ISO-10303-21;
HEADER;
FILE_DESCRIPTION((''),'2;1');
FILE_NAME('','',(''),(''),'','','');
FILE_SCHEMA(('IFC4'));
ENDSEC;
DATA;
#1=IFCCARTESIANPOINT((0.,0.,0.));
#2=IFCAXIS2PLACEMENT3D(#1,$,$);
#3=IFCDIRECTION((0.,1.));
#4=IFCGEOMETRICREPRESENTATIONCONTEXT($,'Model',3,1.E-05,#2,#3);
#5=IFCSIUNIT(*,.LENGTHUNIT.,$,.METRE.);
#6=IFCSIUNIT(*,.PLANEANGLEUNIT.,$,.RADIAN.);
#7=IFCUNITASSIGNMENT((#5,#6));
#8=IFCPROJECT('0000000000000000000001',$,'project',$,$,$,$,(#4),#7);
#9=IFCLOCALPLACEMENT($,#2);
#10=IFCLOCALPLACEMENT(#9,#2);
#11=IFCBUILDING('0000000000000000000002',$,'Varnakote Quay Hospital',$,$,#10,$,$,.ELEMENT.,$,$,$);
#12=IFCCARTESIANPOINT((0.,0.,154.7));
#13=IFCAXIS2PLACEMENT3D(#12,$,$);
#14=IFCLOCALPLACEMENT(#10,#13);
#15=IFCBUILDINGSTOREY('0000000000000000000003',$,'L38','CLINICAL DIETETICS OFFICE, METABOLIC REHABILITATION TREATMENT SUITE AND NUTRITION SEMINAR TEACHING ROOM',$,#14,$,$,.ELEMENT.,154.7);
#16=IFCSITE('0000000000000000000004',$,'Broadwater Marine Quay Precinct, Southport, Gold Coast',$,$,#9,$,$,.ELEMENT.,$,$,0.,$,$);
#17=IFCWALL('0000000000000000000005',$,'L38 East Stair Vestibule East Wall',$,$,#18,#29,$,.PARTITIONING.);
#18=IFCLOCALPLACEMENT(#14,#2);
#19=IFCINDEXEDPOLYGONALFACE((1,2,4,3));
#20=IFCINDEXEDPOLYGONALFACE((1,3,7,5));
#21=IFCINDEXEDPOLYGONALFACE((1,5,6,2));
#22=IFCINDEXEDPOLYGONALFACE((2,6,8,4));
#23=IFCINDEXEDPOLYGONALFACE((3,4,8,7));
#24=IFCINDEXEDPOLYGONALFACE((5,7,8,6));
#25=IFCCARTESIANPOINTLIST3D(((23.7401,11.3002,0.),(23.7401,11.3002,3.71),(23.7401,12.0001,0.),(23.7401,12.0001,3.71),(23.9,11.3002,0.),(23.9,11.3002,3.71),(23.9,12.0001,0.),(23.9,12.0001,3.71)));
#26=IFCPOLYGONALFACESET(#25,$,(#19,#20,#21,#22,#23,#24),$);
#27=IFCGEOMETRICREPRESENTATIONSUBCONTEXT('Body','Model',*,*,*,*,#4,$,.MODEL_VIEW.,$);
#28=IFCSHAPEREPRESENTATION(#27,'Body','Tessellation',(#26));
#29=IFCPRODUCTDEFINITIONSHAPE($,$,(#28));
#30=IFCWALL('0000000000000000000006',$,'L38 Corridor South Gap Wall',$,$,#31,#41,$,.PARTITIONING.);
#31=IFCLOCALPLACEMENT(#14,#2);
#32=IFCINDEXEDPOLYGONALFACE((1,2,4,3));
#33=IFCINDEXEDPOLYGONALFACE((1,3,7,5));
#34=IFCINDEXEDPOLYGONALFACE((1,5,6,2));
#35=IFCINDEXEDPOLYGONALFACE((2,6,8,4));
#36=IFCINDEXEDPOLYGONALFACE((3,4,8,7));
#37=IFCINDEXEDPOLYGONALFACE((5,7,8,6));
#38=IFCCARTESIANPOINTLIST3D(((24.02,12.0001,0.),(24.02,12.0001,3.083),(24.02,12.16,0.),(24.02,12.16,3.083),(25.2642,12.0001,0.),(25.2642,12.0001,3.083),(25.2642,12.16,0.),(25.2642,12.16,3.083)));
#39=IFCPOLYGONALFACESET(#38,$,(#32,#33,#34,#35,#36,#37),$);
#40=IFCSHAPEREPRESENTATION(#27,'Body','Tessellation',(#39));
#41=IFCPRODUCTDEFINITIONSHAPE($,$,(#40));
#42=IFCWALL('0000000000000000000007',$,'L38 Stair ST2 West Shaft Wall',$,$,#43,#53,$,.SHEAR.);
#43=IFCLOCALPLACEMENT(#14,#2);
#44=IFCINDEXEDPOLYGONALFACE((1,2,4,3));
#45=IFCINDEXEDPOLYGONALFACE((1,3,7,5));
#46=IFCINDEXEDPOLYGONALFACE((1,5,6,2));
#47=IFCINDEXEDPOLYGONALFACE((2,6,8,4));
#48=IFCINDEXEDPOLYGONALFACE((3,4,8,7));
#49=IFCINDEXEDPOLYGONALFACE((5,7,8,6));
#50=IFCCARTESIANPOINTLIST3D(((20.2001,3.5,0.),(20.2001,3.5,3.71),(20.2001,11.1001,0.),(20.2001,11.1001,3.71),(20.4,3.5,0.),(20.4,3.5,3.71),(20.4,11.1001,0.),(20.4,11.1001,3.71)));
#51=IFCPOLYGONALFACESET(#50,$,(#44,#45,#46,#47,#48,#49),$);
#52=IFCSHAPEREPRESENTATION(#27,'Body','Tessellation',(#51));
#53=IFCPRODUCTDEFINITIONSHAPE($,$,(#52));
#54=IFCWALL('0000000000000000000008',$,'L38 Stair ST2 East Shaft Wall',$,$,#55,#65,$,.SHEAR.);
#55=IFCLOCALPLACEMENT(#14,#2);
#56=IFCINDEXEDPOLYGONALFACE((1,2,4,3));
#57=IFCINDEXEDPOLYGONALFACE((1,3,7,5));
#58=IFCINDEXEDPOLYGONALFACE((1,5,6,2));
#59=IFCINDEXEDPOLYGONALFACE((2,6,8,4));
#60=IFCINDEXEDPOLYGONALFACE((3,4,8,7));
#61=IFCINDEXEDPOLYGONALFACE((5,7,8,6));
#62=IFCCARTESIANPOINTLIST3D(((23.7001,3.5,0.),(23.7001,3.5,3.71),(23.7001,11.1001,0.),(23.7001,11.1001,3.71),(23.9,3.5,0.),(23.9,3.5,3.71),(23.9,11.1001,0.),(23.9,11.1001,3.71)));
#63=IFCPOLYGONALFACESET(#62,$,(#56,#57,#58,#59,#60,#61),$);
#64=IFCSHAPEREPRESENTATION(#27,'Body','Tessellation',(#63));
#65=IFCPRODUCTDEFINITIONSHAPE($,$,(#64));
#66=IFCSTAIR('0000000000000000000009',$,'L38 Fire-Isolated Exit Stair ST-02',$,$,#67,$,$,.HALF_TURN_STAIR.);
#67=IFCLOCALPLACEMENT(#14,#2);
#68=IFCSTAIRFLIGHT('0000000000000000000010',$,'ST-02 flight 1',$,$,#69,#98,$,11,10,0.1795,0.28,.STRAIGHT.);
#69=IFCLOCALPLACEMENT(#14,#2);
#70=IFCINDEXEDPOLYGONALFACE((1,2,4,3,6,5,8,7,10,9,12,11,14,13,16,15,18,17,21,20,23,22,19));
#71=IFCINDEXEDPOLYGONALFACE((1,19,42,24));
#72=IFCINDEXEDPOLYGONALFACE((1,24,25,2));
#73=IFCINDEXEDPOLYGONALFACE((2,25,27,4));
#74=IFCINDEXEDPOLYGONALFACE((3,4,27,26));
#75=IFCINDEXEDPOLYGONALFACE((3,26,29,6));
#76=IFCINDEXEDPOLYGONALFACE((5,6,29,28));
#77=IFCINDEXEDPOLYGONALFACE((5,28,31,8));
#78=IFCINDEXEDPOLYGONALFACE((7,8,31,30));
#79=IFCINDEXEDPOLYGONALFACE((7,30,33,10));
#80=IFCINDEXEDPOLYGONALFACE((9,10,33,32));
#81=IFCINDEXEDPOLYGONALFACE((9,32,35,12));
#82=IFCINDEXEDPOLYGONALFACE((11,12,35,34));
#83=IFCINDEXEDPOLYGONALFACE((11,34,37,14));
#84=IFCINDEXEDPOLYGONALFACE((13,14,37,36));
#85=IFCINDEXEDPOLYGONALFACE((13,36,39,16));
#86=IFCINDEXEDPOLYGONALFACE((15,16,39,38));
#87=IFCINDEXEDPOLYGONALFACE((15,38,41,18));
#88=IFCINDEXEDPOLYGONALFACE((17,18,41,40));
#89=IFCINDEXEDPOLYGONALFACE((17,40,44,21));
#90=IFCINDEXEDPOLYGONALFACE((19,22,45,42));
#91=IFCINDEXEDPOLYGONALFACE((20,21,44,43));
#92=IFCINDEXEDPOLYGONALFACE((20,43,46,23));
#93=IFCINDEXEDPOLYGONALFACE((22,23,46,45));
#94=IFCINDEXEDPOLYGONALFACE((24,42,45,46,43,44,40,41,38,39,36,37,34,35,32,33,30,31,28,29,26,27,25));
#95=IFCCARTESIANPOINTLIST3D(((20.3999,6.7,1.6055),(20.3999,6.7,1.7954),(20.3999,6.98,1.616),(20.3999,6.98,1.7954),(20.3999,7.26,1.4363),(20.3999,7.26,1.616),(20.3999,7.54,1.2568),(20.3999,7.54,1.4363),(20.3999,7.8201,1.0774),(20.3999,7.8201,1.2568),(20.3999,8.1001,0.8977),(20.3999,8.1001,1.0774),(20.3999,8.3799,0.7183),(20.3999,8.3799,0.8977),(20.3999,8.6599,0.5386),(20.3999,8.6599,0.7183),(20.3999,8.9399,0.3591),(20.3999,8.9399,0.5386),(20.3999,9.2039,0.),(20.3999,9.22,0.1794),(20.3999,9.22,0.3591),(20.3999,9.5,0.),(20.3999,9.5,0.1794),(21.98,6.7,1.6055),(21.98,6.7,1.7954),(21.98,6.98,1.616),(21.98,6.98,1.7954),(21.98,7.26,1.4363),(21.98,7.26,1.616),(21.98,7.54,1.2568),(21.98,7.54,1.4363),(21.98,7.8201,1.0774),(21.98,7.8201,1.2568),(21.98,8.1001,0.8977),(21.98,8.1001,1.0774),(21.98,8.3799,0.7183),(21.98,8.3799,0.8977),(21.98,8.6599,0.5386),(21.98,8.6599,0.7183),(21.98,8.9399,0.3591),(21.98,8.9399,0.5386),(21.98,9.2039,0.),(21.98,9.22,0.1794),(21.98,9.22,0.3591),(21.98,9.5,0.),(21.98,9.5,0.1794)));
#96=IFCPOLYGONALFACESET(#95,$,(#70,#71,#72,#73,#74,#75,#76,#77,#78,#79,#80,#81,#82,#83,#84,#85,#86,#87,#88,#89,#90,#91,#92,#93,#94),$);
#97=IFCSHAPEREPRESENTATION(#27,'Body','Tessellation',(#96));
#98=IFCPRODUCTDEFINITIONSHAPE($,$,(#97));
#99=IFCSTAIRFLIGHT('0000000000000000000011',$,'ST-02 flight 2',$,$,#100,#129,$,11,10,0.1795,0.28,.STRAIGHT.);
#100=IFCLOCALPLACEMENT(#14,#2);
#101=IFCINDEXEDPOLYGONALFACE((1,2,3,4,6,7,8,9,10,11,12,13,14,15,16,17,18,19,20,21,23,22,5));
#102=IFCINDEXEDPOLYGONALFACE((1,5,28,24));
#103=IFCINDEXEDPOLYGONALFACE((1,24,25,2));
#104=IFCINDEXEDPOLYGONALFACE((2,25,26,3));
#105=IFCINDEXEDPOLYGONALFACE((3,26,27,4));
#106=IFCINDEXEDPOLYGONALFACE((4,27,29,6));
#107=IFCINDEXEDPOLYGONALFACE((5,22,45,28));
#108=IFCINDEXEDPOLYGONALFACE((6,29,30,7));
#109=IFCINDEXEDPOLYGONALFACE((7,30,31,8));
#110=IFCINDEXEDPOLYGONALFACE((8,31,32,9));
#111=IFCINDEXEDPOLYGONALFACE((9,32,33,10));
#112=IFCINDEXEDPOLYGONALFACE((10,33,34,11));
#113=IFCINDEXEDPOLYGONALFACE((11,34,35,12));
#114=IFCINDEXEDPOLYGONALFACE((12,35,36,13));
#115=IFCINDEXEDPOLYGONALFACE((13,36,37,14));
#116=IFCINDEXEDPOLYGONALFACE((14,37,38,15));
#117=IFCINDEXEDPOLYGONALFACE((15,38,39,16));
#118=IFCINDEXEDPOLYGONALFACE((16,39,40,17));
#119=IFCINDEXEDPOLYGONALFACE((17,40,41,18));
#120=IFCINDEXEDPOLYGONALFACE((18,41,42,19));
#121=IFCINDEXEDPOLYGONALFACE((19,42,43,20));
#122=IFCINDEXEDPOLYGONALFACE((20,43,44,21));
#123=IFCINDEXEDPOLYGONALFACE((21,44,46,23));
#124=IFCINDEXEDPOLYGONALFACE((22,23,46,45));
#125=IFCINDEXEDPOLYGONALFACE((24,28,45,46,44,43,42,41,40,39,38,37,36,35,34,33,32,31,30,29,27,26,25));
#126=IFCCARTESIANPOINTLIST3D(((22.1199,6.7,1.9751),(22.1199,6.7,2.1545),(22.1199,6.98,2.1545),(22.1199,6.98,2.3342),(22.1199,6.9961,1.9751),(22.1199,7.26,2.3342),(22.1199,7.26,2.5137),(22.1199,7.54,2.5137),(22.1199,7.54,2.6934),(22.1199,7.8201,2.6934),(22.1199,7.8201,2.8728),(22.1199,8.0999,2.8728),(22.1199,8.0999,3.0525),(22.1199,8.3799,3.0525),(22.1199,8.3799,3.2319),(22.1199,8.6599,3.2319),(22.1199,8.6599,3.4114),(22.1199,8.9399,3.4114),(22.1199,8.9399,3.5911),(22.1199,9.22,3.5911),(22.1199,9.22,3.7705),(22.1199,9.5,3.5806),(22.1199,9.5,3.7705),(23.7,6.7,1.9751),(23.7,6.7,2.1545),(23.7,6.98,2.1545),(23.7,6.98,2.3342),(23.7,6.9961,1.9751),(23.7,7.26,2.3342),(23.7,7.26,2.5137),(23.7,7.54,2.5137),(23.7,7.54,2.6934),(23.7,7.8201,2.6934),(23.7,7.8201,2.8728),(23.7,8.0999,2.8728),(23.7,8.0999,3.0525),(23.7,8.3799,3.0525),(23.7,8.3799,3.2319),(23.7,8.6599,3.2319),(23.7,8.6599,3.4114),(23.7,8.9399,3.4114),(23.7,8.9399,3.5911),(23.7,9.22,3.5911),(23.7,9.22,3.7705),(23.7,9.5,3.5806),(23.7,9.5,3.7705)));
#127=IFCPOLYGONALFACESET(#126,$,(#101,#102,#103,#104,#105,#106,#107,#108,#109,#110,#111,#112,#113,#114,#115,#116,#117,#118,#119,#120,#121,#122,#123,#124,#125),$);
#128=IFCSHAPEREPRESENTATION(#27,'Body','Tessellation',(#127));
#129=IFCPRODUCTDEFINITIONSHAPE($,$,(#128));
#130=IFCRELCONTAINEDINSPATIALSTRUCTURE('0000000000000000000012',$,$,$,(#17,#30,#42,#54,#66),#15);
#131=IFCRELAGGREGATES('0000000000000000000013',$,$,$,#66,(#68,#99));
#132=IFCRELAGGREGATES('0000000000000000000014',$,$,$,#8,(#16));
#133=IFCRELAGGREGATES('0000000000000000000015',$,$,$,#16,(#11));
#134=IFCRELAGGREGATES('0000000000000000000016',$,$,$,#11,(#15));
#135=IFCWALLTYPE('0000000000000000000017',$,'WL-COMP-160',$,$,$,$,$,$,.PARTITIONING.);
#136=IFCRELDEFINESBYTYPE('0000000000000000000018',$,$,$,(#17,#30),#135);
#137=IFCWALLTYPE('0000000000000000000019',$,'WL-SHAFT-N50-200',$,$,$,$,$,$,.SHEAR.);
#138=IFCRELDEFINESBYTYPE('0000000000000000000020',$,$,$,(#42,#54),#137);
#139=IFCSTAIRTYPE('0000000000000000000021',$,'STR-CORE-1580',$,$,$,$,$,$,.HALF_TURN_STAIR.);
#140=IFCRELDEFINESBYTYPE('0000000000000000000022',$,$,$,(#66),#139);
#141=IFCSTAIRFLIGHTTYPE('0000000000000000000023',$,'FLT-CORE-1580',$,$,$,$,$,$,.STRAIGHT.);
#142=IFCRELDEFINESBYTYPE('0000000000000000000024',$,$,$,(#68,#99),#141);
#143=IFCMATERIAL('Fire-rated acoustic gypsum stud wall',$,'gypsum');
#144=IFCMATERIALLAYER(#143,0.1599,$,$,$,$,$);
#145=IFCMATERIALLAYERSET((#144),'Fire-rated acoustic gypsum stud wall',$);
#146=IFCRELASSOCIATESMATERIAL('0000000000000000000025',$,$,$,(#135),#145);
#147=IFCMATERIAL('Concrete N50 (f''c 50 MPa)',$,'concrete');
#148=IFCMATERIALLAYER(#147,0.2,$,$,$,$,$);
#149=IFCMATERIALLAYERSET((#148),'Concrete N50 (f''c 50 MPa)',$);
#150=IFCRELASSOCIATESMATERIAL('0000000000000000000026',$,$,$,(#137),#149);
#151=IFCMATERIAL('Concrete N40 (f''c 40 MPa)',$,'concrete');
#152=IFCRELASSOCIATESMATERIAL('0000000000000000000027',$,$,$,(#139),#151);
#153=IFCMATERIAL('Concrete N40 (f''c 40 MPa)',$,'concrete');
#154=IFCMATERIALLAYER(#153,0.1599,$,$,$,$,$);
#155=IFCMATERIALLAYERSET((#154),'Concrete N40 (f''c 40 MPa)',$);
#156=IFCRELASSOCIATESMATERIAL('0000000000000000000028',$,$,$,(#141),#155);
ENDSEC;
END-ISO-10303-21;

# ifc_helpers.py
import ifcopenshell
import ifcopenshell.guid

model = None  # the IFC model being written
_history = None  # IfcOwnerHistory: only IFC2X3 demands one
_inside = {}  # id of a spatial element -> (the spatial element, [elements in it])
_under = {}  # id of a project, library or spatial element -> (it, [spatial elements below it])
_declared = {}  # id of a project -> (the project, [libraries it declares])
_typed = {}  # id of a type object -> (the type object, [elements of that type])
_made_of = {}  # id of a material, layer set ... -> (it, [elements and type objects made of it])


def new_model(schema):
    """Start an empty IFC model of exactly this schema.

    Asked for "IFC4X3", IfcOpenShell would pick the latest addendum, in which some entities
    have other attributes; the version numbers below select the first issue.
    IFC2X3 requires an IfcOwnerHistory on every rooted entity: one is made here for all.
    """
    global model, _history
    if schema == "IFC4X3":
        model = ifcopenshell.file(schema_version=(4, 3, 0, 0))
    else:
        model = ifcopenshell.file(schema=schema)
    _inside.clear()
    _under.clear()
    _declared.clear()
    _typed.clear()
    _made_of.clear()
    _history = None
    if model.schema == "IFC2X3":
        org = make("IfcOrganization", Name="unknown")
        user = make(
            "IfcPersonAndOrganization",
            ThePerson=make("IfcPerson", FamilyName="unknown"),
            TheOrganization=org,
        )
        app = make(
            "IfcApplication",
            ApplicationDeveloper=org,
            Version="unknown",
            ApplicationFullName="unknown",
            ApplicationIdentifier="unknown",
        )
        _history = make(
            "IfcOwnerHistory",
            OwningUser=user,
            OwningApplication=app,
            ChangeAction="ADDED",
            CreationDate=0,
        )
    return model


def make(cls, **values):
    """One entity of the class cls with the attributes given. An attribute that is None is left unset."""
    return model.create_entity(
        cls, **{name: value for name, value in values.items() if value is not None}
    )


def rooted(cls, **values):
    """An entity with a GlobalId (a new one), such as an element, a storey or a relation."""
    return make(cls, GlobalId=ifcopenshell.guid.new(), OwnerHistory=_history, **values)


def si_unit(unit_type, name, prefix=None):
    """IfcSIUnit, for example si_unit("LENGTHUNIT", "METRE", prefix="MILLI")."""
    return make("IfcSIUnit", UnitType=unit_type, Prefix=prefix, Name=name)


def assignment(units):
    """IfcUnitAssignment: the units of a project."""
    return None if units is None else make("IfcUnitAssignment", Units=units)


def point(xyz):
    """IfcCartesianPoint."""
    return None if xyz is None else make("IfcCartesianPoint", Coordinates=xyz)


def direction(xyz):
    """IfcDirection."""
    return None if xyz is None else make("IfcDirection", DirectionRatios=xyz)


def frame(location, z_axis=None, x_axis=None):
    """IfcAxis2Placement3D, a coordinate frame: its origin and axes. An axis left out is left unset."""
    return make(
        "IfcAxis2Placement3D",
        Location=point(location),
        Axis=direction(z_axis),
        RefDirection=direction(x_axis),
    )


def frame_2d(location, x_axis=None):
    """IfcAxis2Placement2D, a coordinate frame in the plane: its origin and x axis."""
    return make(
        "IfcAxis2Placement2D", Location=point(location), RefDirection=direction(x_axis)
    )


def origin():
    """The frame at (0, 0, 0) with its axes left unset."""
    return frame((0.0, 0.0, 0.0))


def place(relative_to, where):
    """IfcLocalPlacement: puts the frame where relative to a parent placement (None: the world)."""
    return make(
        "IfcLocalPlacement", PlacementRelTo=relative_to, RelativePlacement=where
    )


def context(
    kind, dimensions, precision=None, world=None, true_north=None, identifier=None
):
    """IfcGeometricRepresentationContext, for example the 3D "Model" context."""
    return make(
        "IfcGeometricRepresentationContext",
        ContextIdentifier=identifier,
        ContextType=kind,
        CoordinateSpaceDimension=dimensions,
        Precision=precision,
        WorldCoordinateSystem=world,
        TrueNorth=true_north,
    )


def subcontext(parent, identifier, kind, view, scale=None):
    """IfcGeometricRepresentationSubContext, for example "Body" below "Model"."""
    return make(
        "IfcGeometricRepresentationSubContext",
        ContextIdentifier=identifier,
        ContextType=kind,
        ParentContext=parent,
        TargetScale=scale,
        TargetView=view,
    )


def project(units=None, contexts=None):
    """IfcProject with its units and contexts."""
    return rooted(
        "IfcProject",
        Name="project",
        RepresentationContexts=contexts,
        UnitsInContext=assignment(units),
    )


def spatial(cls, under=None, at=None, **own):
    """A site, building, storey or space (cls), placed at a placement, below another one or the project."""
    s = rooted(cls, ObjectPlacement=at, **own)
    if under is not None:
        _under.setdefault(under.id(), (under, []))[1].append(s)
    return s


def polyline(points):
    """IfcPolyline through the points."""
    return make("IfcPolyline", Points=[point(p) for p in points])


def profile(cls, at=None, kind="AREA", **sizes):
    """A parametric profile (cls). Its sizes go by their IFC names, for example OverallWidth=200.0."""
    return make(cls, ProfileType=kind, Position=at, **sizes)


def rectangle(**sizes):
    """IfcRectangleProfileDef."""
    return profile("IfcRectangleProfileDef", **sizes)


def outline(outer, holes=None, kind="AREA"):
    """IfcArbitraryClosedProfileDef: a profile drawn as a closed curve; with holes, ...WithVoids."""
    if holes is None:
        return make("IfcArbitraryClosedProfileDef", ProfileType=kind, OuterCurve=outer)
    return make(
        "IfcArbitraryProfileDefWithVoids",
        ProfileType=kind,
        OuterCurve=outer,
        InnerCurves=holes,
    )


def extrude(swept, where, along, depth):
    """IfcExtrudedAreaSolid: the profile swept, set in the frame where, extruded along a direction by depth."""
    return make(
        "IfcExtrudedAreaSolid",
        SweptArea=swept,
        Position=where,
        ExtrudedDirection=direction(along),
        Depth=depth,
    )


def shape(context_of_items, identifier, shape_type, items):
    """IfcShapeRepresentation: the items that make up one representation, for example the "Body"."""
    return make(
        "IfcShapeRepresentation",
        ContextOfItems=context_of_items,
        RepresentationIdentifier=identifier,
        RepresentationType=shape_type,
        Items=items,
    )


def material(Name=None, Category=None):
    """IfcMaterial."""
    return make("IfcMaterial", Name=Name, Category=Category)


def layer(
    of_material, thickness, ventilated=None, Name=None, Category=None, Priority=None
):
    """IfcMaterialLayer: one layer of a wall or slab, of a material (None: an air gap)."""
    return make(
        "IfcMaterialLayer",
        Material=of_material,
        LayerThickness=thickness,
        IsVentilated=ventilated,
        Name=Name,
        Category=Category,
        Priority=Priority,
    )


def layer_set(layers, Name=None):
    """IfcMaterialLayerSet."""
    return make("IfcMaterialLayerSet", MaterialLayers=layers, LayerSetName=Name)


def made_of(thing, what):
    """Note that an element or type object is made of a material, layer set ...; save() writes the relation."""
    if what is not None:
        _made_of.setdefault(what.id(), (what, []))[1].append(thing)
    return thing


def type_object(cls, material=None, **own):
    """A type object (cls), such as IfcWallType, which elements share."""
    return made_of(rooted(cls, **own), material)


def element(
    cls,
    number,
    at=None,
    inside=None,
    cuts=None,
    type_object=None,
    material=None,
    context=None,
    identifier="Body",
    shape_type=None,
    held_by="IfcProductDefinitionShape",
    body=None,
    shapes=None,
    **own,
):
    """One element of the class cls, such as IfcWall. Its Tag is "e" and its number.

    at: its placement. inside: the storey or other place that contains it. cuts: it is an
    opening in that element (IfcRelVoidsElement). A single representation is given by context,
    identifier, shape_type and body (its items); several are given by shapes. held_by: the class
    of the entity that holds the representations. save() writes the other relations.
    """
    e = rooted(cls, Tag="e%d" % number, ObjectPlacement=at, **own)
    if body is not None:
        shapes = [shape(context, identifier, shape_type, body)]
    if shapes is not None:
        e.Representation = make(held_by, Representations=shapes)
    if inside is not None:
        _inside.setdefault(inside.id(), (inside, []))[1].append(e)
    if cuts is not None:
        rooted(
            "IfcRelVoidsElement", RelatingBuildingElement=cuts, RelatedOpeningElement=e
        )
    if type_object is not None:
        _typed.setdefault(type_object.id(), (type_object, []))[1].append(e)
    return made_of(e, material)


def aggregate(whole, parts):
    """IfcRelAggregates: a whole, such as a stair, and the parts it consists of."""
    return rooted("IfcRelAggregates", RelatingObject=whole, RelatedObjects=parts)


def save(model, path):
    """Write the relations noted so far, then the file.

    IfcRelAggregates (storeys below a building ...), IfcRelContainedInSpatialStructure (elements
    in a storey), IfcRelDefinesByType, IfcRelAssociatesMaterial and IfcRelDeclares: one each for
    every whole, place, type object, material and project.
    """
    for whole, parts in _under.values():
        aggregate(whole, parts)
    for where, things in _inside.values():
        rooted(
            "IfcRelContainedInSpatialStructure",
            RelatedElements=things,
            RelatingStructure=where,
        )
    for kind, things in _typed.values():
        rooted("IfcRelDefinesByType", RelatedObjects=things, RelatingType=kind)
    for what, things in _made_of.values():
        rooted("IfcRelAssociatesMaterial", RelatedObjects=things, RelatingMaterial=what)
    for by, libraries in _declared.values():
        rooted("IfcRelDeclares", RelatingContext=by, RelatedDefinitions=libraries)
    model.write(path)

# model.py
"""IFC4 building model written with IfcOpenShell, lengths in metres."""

from ifc_helpers import new_model, si_unit, direction, frame, frame_2d, origin, place, context, subcontext, project, spatial, polyline, rectangle, outline, extrude, material, layer, layer_set, type_object, element, aggregate, save


model = new_model("IFC4")

# Units and contexts
model_context = context("Model", 3, precision=1e-05, world=origin(), true_north=direction((0.0, 1.0)))
body_context = subcontext(model_context, "Body", "Model", "MODEL_VIEW")
ifc_project = project(units=[si_unit("LENGTHUNIT", "METRE"), si_unit("PLANEANGLEUNIT", "RADIAN")], contexts=[model_context])

# Site, building, storey
site_placement = place(None, origin())
site = spatial("IfcSite", under=ifc_project, at=site_placement, Name="Broadwater Marine Quay Precinct, Southport, Gold Coast", CompositionType="ELEMENT", RefElevation=0.0)
building_placement = place(site_placement, origin())
building = spatial("IfcBuilding", under=site, at=building_placement, Name="Varnakote Quay Hospital", CompositionType="ELEMENT")
storey_placement = place(building_placement, frame((0.0, 0.0, 154.7)))
storey = spatial("IfcBuildingStorey", under=building, at=storey_placement, Name="L38", Description="CLINICAL DIETETICS OFFICE, METABOLIC REHABILITATION TREATMENT SUITE AND NUTRITION SEMINAR TEACHING ROOM", CompositionType="ELEMENT", Elevation=154.7)

# Shared definitions
ifc_material_1 = material(Name="Fire-rated acoustic gypsum stud wall", Category="gypsum")
ifc_layer_1 = layer(ifc_material_1, 0.1599)
ifc_layer_set_1 = layer_set([ifc_layer_1], Name="Fire-rated acoustic gypsum stud wall")
wall_type_1 = type_object("IfcWallType", Name="WL-COMP-160", PredefinedType="PARTITIONING", material=ifc_layer_set_1)

# Walls
wall_1_placement = place(storey_placement, frame((23.8201, 11.3, 0.0), z_axis=(0.0, 0.0, 1.0), x_axis=(0.0, 1.0, 0.0)))
element("IfcWall", 1, at=wall_1_placement, inside=storey, type_object=wall_type_1, Name="L38 East Stair Vestibule East Wall", PredefinedType="PARTITIONING", context=body_context, shape_type="SweptSolid", body=[
    extrude(rectangle(XDim=0.7, YDim=0.1599, at=frame_2d((0.3501, 0.0))), origin(), (0.0, 0.0, 1.0), 3.71),
])
wall_2_placement = place(storey_placement, frame((24.02, 12.0801, 0.0), z_axis=(0.0, 0.0, 1.0), x_axis=(1.0, 0.0, 0.0)))
element("IfcWall", 2, at=wall_2_placement, inside=storey, type_object=wall_type_1, Name="L38 Corridor South Gap Wall", PredefinedType="PARTITIONING", context=body_context, shape_type="SweptSolid", body=[
    extrude(rectangle(XDim=1.2441, YDim=0.1599, at=frame_2d((0.6221, 0.0))), origin(), (0.0, 0.0, 1.0), 3.083),
])
ifc_material_2 = material(Name="Concrete N50 (f'c 50 MPa)", Category="concrete")
ifc_layer_2 = layer(ifc_material_2, 0.2)
ifc_layer_set_2 = layer_set([ifc_layer_2], Name="Concrete N50 (f'c 50 MPa)")
wall_type_2 = type_object("IfcWallType", Name="WL-SHAFT-N50-200", PredefinedType="SHEAR", material=ifc_layer_set_2)
for number, where, z_axis, x_axis, name in (
    (3, (20.3, 3.5, 0.0), (0.0, 0.0, 1.0), (0.0, 1.0, 0.0), "L38 Stair ST2 West Shaft Wall"),
    (4, (23.8, 3.5, 0.0), (0.0, 0.0, 1.0), (0.0, 1.0, 0.0), "L38 Stair ST2 East Shaft Wall"),
):
    element("IfcWall", number, at=place(storey_placement, frame(where, z_axis=z_axis, x_axis=x_axis)), inside=storey, type_object=wall_type_2, Name=name, PredefinedType="SHEAR", context=body_context, shape_type="SweptSolid", body=[
        extrude(rectangle(XDim=7.6001, YDim=0.2, at=frame_2d((3.8, 0.0))), origin(), (0.0, 0.0, 1.0), 3.71),
    ])

# Stair, stair flights
ifc_material_3 = material(Name="Concrete N40 (f'c 40 MPa)", Category="concrete")
stair_type = type_object("IfcStairType", Name="STR-CORE-1580", PredefinedType="HALF_TURN_STAIR", material=ifc_material_3)
stair_placement = place(storey_placement, origin())
stair = element("IfcStair", 5, at=stair_placement, inside=storey, type_object=stair_type, Name="L38 Fire-Isolated Exit Stair ST-02", PredefinedType="HALF_TURN_STAIR")
ifc_material_4 = material(Name="Concrete N40 (f'c 40 MPa)", Category="concrete")
ifc_layer_3 = layer(ifc_material_4, 0.1599)
ifc_layer_set_3 = layer_set([ifc_layer_3], Name="Concrete N40 (f'c 40 MPa)")
stair_flight_type = type_object("IfcStairFlightType", Name="FLT-CORE-1580", PredefinedType="STRAIGHT", material=ifc_layer_set_3)
stair_flight_1_placement = place(storey_placement, frame((21.1899, 9.5, 0.0), z_axis=(0.0, 0.0, 1.0), x_axis=(0.0, -1.0, 0.0)))
stair_flight_1 = element("IfcStairFlight", 6, at=stair_flight_1_placement, type_object=stair_flight_type, Name="ST-02 flight 1", NumberOfRisers=11, NumberOfTreads=10, PredefinedType="STRAIGHT", RiserHeight=0.1795, TreadLength=0.28, context=body_context, shape_type="SweptSolid", body=[
    extrude(outline(polyline([(0.0, 0.0), (0.0, 0.1794), (0.28, 0.1794), (0.28, 0.3591), (0.5601, 0.3591), (0.5601, 0.5386), (0.8401, 0.5386), (0.8401, 0.7183), (1.1201, 0.7183), (1.1201, 0.8977), (1.3999, 0.8977), (1.3999, 1.0774), (1.6799, 1.0774), (1.6799, 1.2568), (1.96, 1.2568), (1.96, 1.4363), (2.24, 1.4363), (2.24, 1.616), (2.52, 1.616), (2.52, 1.7954), (2.8, 1.7954), (2.8, 1.9751), (2.8, 1.6055), (0.2961, 0.0), (0.0, 0.0)])), frame((0.0, 0.79, 0.0), z_axis=(0.0, -1.0, 0.0), x_axis=(1.0, 0.0, 0.0)), (0.0, 0.0, 1.0), 1.5801),
])
stair_flight_2_placement = place(storey_placement, frame((22.9099, 6.7, 1.9751), z_axis=(0.0, 0.0, 1.0), x_axis=(0.0, 1.0, 0.0)))
stair_flight_2 = element("IfcStairFlight", 7, at=stair_flight_2_placement, type_object=stair_flight_type, Name="ST-02 flight 2", NumberOfRisers=11, NumberOfTreads=10, PredefinedType="STRAIGHT", RiserHeight=0.1795, TreadLength=0.28, context=body_context, shape_type="SweptSolid", body=[
    extrude(outline(polyline([(0.0, 0.0), (0.0, 0.1794), (0.28, 0.1794), (0.28, 0.3591), (0.5601, 0.3591), (0.5601, 0.5386), (0.8401, 0.5386), (0.8401, 0.7183), (1.1201, 0.7183), (1.1201, 0.8977), (1.3999, 0.8977), (1.3999, 1.0774), (1.6799, 1.0774), (1.6799, 1.2568), (1.96, 1.2568), (1.96, 1.4363), (2.24, 1.4363), (2.24, 1.616), (2.52, 1.616), (2.52, 1.7954), (2.8, 1.7954), (2.8, 1.9751), (2.8, 1.6055), (0.2961, 0.0), (0.0, 0.0)])), frame((0.0, 0.79, 0.0), z_axis=(0.0, -1.0, 0.0), x_axis=(1.0, 0.0, 0.0)), (0.0, 0.0, 1.0), 1.5801),
])
aggregate(stair, [stair_flight_1, stair_flight_2])

save(model, "model.ifc")
